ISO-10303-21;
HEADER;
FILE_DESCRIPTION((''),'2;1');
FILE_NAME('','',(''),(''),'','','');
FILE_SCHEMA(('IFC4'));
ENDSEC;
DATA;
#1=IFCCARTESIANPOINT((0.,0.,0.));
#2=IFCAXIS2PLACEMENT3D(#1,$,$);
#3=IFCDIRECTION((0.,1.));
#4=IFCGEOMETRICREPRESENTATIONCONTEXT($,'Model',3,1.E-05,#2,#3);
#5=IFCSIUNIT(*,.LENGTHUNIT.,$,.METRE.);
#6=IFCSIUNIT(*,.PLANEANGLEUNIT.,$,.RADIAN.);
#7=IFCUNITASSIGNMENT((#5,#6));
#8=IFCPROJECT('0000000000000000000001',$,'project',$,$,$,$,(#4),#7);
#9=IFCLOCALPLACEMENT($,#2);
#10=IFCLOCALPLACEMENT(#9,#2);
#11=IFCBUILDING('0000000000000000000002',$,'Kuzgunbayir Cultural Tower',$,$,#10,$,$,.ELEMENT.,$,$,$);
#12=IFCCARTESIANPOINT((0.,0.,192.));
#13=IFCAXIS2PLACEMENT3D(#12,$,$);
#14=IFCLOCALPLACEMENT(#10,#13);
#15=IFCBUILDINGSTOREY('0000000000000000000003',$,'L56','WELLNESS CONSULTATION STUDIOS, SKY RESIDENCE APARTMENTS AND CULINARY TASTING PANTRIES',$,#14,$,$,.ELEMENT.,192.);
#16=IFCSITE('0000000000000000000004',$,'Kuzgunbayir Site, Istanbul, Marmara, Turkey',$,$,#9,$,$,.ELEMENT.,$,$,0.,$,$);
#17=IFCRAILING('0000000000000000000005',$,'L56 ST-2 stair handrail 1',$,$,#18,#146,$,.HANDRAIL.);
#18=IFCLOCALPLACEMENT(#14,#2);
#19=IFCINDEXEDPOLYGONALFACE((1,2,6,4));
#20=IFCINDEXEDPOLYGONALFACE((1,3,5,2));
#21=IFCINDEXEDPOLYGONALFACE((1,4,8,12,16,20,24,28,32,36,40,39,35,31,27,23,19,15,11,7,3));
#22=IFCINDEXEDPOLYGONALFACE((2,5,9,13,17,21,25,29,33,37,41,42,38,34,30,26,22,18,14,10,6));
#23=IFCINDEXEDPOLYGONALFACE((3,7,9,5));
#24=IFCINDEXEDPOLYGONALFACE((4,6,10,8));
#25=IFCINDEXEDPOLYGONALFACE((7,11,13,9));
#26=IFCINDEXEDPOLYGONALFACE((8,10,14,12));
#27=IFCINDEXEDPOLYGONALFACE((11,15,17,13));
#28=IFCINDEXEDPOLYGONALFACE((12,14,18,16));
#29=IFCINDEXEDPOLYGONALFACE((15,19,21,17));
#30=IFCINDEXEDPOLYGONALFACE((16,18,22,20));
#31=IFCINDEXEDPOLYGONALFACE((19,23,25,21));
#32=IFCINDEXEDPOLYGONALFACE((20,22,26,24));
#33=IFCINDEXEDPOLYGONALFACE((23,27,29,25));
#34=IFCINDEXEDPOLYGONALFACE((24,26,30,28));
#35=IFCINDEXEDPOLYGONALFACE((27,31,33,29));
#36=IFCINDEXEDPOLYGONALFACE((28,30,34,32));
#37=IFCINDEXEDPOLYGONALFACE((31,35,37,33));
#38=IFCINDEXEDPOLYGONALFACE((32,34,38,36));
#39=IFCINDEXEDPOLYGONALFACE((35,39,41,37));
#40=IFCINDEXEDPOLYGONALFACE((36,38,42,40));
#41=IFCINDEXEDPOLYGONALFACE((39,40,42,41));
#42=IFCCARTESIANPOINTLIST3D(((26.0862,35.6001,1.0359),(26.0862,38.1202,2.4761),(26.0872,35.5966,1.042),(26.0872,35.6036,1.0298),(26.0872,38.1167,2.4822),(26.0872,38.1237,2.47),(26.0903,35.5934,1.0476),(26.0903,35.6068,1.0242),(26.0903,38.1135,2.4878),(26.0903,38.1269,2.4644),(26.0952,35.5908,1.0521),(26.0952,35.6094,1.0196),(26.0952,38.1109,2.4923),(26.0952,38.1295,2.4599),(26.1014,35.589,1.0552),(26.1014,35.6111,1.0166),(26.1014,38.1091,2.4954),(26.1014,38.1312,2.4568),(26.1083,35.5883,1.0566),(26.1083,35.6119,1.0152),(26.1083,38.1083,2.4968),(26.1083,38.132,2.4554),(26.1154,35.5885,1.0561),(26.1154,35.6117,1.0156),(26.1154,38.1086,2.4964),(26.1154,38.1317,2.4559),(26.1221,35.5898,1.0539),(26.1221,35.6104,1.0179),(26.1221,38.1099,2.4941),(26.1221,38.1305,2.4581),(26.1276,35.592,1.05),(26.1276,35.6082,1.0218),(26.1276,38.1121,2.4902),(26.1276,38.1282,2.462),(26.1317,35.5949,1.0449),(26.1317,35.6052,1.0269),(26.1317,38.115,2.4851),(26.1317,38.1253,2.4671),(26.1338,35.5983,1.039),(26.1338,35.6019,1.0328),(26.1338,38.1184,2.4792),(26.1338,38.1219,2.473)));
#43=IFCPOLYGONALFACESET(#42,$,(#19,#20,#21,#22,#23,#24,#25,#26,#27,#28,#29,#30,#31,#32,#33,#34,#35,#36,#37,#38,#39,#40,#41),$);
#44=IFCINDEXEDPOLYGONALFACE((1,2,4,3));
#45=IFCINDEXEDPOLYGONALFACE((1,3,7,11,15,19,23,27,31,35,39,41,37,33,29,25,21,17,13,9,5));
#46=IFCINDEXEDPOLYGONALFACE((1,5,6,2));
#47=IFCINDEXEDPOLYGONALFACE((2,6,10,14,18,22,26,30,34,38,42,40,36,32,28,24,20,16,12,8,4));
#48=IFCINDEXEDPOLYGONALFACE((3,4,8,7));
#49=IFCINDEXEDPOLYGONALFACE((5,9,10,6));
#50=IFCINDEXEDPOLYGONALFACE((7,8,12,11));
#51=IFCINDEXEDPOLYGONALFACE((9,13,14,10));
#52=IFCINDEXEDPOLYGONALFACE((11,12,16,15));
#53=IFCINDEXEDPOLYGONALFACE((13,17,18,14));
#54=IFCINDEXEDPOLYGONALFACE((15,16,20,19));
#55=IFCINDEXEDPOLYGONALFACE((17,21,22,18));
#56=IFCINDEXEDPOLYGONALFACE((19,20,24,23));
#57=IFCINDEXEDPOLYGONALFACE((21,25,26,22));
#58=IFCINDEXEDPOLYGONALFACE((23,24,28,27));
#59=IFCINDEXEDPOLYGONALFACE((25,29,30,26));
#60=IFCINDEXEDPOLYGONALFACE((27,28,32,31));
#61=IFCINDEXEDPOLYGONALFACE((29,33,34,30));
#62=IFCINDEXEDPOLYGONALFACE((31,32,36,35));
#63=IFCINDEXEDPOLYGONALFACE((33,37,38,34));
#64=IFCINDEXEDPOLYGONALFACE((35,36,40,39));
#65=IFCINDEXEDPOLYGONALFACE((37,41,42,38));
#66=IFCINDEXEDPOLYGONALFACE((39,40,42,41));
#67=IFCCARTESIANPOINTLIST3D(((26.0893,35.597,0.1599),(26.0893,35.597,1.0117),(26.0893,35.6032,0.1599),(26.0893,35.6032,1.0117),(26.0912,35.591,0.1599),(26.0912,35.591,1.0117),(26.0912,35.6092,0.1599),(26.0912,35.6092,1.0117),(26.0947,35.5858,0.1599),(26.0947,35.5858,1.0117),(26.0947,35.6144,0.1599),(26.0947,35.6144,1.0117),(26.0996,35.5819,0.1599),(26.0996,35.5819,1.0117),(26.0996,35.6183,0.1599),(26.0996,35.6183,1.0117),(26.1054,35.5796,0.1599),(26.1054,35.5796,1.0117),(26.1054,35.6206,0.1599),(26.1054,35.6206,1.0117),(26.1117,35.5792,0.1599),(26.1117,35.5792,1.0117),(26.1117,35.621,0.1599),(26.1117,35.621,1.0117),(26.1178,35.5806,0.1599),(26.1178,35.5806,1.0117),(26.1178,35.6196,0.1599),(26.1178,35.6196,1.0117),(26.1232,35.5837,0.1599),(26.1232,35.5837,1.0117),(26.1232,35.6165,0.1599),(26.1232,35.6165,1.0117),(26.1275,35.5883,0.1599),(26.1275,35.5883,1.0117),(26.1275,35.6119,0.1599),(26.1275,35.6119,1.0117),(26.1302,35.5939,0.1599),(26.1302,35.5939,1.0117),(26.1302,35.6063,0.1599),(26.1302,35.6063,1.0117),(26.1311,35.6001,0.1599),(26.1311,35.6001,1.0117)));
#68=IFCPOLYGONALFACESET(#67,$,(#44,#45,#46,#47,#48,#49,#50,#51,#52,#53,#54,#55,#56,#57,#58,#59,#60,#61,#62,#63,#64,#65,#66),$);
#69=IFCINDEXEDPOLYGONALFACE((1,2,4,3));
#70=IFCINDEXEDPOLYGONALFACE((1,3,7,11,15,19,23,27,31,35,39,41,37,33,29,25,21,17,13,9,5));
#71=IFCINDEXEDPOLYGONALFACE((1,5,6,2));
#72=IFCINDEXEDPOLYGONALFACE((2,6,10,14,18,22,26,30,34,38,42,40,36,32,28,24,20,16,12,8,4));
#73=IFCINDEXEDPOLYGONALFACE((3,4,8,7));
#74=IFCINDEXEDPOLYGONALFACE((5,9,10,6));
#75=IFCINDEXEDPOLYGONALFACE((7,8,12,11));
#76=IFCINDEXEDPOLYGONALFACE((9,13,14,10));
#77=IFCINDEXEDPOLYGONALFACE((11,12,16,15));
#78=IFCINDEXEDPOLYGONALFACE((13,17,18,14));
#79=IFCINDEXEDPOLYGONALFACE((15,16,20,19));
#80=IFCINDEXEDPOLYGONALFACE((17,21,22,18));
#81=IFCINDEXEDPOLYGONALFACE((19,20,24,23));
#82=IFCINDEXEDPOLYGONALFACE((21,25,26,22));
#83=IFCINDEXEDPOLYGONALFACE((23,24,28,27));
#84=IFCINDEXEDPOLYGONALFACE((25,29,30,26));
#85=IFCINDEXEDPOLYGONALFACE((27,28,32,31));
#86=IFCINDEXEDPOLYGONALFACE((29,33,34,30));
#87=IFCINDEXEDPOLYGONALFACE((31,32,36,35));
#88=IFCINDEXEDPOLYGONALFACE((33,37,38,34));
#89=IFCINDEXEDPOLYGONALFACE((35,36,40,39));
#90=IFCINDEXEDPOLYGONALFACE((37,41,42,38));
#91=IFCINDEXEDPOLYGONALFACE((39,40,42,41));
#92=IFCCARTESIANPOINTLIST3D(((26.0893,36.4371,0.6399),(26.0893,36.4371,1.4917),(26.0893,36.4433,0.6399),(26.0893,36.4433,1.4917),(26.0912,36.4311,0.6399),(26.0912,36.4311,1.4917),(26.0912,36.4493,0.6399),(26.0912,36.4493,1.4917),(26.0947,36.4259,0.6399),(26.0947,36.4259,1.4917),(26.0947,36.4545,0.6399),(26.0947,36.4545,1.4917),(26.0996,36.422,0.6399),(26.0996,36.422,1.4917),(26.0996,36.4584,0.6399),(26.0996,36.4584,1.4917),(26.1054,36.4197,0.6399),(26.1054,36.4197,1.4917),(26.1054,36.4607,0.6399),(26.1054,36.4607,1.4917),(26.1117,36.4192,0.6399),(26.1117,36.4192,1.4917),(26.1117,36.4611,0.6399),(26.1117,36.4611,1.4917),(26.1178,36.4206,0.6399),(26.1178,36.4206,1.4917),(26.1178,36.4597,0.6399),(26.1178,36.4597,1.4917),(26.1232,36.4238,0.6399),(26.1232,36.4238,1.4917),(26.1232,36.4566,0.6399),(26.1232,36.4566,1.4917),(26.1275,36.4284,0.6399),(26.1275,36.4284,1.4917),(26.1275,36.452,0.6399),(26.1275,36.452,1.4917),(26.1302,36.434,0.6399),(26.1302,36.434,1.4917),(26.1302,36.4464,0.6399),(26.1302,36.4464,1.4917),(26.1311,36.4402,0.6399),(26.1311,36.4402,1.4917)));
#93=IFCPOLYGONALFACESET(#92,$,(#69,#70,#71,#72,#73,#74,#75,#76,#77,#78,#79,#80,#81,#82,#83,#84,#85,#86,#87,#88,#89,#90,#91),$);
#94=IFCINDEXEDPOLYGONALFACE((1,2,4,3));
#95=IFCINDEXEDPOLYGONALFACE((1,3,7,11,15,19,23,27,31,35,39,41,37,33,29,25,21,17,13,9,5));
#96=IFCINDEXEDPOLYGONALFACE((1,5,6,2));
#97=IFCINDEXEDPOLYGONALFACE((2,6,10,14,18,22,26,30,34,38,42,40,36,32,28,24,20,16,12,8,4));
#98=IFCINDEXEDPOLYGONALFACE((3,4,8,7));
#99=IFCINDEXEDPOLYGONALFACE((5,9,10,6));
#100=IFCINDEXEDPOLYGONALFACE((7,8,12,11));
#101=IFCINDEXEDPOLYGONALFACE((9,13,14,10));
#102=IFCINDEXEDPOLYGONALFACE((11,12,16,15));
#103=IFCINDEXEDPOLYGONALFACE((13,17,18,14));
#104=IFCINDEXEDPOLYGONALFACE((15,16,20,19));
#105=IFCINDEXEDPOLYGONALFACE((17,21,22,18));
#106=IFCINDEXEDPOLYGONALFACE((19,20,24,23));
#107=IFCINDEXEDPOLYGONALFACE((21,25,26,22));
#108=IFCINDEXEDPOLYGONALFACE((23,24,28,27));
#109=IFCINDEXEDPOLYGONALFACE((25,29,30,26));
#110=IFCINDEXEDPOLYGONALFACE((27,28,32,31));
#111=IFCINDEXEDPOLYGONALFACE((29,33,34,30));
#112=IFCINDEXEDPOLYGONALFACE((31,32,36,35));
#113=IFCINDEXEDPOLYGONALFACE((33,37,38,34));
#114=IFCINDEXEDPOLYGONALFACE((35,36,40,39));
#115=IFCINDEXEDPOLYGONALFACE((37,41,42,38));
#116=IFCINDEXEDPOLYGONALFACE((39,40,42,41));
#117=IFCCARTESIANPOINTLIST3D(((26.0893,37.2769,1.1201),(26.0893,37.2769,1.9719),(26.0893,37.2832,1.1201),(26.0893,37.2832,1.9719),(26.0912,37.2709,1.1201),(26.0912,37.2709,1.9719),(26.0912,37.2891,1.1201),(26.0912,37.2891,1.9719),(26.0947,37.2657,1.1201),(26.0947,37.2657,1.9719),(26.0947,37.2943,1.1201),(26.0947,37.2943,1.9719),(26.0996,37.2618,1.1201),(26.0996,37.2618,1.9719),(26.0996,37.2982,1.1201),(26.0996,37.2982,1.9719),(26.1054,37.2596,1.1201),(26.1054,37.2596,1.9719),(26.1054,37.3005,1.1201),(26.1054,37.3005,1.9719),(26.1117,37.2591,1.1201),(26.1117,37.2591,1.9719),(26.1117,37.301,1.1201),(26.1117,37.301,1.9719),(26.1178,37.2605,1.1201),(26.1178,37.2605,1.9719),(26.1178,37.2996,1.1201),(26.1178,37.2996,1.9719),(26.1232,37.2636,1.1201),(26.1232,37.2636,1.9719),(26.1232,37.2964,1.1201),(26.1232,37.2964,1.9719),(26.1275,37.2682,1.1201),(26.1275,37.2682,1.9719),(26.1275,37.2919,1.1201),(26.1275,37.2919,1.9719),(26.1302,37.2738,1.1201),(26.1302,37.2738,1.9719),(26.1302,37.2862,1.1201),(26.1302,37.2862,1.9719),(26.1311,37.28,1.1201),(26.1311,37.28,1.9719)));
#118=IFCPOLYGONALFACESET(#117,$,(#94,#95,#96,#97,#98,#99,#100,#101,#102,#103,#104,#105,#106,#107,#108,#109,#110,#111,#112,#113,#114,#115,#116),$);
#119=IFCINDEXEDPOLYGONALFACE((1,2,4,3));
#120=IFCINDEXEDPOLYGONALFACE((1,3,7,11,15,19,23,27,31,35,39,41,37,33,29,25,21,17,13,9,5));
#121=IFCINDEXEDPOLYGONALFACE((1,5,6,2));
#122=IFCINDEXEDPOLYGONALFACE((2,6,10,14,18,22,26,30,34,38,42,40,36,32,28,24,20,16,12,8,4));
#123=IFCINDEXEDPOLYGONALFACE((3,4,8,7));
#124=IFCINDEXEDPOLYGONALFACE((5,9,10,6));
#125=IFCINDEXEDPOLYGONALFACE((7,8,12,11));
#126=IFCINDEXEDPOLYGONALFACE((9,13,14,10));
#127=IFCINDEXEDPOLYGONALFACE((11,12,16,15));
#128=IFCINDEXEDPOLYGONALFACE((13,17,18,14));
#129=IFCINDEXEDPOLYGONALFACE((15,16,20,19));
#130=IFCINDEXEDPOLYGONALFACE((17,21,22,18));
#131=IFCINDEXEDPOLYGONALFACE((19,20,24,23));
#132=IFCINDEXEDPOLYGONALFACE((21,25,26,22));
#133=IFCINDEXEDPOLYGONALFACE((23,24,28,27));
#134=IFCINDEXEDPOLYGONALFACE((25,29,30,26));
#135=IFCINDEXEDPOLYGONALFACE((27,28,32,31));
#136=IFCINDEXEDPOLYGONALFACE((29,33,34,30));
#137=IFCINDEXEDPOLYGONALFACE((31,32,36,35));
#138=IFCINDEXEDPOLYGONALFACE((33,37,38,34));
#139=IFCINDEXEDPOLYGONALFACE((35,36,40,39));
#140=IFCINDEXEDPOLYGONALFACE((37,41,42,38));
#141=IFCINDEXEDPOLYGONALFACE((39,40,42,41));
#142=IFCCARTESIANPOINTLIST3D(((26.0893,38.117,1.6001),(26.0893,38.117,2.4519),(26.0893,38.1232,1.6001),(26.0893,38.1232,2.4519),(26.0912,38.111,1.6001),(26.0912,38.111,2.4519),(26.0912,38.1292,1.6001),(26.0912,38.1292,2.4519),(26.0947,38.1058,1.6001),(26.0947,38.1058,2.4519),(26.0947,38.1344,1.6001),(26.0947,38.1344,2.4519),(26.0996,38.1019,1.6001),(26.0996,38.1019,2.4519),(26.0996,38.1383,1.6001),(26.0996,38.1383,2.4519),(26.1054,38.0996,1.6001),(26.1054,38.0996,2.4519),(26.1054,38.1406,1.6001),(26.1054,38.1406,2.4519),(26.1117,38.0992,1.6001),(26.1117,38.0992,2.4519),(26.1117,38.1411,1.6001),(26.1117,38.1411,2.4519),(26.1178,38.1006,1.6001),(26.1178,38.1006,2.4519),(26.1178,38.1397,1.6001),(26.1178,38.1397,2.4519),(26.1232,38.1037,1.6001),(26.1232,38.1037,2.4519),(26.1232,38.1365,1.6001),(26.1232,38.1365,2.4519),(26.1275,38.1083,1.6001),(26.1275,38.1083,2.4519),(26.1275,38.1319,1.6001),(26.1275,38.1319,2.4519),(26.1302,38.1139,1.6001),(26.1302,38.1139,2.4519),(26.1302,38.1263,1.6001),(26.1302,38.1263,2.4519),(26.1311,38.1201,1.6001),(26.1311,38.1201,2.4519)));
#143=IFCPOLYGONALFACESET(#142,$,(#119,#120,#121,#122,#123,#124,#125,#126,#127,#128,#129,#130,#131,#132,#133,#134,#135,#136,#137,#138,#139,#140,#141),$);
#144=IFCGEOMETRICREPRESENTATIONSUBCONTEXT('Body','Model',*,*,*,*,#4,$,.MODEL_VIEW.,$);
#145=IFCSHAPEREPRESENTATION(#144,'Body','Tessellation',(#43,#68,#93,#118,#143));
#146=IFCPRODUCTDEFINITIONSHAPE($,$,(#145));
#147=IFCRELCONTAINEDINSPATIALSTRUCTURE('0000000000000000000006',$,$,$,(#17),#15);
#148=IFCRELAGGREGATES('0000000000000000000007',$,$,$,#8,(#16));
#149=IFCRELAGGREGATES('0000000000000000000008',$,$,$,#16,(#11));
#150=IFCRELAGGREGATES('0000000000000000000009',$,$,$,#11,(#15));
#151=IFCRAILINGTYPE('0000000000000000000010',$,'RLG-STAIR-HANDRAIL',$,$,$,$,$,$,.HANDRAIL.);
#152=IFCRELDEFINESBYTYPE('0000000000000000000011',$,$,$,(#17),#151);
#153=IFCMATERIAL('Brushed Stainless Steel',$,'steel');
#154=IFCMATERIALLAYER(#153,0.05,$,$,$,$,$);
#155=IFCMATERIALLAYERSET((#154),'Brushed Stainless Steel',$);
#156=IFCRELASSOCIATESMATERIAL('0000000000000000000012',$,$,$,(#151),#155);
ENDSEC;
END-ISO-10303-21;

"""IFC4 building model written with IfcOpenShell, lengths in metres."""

from ifc_helpers import new_model, si_unit, direction, frame, origin, origin_2d, place, context, subcontext, project, spatial, circle, extrude, material, layer, layer_set, type_object, element, save


model = new_model("IFC4")

# Units and contexts
model_context = context("Model", 3, precision=1e-05, world=origin(), true_north=direction((0.0, 1.0)))
body_context = subcontext(model_context, "Body", "Model", "MODEL_VIEW")
ifc_project = project(units=[si_unit("LENGTHUNIT", "METRE"), si_unit("PLANEANGLEUNIT", "RADIAN")], contexts=[model_context])

# Site, building, storey
site_placement = place(None, origin())
site = spatial("IfcSite", under=ifc_project, at=site_placement, Name="Kuzgunbayir Site, Istanbul, Marmara, Turkey", CompositionType="ELEMENT", RefElevation=0.0)
building_placement = place(site_placement, origin())
building = spatial("IfcBuilding", under=site, at=building_placement, Name="Kuzgunbayir Cultural Tower", CompositionType="ELEMENT")
storey_placement = place(building_placement, frame((0.0, 0.0, 192.0)))
storey = spatial("IfcBuildingStorey", under=building, at=storey_placement, Name="L56", Description="WELLNESS CONSULTATION STUDIOS, SKY RESIDENCE APARTMENTS AND CULINARY TASTING PANTRIES", CompositionType="ELEMENT", Elevation=192.0)

# Shared definitions
ifc_material_1 = material(Name="Brushed Stainless Steel", Category="steel")

# Railing
ifc_layer_1 = layer(ifc_material_1, 0.05)
ifc_layer_set_1 = layer_set([ifc_layer_1], Name="Brushed Stainless Steel")
railing_type_1 = type_object("IfcRailingType", Name="RLG-STAIR-HANDRAIL", PredefinedType="HANDRAIL", material=ifc_layer_set_1)
railing_1_placement = place(storey_placement, frame((26.1101, 35.6001, 0.1599)))
element("IfcRailing", 1, at=railing_1_placement, inside=storey, type_object=railing_type_1, Name="L56 ST-2 stair handrail 1", PredefinedType="HANDRAIL", context=body_context, shape_type="SweptSolid", body=[
    extrude(circle(Radius=0.0239, at=origin_2d()), frame((0.0, 0.0, 0.876), z_axis=(0.0, 0.868217, 0.496184), x_axis=(-1.0, 0.0, 0.0)), (0.0, 0.0, 1.0), 2.9026),
    extrude(circle(Radius=0.021, at=origin_2d()), origin(), (0.0, 0.0, 1.0), 0.8518),
    extrude(circle(Radius=0.021, at=origin_2d()), frame((0.0, 0.8401, 0.48)), (0.0, 0.0, 1.0), 0.8518),
    extrude(circle(Radius=0.021, at=origin_2d()), frame((0.0, 1.6799, 0.9602)), (0.0, 0.0, 1.0), 0.8518),
    extrude(circle(Radius=0.021, at=origin_2d()), frame((0.0, 2.52, 1.4402)), (0.0, 0.0, 1.0), 0.8518),
])

save(model, "model.ifc")
